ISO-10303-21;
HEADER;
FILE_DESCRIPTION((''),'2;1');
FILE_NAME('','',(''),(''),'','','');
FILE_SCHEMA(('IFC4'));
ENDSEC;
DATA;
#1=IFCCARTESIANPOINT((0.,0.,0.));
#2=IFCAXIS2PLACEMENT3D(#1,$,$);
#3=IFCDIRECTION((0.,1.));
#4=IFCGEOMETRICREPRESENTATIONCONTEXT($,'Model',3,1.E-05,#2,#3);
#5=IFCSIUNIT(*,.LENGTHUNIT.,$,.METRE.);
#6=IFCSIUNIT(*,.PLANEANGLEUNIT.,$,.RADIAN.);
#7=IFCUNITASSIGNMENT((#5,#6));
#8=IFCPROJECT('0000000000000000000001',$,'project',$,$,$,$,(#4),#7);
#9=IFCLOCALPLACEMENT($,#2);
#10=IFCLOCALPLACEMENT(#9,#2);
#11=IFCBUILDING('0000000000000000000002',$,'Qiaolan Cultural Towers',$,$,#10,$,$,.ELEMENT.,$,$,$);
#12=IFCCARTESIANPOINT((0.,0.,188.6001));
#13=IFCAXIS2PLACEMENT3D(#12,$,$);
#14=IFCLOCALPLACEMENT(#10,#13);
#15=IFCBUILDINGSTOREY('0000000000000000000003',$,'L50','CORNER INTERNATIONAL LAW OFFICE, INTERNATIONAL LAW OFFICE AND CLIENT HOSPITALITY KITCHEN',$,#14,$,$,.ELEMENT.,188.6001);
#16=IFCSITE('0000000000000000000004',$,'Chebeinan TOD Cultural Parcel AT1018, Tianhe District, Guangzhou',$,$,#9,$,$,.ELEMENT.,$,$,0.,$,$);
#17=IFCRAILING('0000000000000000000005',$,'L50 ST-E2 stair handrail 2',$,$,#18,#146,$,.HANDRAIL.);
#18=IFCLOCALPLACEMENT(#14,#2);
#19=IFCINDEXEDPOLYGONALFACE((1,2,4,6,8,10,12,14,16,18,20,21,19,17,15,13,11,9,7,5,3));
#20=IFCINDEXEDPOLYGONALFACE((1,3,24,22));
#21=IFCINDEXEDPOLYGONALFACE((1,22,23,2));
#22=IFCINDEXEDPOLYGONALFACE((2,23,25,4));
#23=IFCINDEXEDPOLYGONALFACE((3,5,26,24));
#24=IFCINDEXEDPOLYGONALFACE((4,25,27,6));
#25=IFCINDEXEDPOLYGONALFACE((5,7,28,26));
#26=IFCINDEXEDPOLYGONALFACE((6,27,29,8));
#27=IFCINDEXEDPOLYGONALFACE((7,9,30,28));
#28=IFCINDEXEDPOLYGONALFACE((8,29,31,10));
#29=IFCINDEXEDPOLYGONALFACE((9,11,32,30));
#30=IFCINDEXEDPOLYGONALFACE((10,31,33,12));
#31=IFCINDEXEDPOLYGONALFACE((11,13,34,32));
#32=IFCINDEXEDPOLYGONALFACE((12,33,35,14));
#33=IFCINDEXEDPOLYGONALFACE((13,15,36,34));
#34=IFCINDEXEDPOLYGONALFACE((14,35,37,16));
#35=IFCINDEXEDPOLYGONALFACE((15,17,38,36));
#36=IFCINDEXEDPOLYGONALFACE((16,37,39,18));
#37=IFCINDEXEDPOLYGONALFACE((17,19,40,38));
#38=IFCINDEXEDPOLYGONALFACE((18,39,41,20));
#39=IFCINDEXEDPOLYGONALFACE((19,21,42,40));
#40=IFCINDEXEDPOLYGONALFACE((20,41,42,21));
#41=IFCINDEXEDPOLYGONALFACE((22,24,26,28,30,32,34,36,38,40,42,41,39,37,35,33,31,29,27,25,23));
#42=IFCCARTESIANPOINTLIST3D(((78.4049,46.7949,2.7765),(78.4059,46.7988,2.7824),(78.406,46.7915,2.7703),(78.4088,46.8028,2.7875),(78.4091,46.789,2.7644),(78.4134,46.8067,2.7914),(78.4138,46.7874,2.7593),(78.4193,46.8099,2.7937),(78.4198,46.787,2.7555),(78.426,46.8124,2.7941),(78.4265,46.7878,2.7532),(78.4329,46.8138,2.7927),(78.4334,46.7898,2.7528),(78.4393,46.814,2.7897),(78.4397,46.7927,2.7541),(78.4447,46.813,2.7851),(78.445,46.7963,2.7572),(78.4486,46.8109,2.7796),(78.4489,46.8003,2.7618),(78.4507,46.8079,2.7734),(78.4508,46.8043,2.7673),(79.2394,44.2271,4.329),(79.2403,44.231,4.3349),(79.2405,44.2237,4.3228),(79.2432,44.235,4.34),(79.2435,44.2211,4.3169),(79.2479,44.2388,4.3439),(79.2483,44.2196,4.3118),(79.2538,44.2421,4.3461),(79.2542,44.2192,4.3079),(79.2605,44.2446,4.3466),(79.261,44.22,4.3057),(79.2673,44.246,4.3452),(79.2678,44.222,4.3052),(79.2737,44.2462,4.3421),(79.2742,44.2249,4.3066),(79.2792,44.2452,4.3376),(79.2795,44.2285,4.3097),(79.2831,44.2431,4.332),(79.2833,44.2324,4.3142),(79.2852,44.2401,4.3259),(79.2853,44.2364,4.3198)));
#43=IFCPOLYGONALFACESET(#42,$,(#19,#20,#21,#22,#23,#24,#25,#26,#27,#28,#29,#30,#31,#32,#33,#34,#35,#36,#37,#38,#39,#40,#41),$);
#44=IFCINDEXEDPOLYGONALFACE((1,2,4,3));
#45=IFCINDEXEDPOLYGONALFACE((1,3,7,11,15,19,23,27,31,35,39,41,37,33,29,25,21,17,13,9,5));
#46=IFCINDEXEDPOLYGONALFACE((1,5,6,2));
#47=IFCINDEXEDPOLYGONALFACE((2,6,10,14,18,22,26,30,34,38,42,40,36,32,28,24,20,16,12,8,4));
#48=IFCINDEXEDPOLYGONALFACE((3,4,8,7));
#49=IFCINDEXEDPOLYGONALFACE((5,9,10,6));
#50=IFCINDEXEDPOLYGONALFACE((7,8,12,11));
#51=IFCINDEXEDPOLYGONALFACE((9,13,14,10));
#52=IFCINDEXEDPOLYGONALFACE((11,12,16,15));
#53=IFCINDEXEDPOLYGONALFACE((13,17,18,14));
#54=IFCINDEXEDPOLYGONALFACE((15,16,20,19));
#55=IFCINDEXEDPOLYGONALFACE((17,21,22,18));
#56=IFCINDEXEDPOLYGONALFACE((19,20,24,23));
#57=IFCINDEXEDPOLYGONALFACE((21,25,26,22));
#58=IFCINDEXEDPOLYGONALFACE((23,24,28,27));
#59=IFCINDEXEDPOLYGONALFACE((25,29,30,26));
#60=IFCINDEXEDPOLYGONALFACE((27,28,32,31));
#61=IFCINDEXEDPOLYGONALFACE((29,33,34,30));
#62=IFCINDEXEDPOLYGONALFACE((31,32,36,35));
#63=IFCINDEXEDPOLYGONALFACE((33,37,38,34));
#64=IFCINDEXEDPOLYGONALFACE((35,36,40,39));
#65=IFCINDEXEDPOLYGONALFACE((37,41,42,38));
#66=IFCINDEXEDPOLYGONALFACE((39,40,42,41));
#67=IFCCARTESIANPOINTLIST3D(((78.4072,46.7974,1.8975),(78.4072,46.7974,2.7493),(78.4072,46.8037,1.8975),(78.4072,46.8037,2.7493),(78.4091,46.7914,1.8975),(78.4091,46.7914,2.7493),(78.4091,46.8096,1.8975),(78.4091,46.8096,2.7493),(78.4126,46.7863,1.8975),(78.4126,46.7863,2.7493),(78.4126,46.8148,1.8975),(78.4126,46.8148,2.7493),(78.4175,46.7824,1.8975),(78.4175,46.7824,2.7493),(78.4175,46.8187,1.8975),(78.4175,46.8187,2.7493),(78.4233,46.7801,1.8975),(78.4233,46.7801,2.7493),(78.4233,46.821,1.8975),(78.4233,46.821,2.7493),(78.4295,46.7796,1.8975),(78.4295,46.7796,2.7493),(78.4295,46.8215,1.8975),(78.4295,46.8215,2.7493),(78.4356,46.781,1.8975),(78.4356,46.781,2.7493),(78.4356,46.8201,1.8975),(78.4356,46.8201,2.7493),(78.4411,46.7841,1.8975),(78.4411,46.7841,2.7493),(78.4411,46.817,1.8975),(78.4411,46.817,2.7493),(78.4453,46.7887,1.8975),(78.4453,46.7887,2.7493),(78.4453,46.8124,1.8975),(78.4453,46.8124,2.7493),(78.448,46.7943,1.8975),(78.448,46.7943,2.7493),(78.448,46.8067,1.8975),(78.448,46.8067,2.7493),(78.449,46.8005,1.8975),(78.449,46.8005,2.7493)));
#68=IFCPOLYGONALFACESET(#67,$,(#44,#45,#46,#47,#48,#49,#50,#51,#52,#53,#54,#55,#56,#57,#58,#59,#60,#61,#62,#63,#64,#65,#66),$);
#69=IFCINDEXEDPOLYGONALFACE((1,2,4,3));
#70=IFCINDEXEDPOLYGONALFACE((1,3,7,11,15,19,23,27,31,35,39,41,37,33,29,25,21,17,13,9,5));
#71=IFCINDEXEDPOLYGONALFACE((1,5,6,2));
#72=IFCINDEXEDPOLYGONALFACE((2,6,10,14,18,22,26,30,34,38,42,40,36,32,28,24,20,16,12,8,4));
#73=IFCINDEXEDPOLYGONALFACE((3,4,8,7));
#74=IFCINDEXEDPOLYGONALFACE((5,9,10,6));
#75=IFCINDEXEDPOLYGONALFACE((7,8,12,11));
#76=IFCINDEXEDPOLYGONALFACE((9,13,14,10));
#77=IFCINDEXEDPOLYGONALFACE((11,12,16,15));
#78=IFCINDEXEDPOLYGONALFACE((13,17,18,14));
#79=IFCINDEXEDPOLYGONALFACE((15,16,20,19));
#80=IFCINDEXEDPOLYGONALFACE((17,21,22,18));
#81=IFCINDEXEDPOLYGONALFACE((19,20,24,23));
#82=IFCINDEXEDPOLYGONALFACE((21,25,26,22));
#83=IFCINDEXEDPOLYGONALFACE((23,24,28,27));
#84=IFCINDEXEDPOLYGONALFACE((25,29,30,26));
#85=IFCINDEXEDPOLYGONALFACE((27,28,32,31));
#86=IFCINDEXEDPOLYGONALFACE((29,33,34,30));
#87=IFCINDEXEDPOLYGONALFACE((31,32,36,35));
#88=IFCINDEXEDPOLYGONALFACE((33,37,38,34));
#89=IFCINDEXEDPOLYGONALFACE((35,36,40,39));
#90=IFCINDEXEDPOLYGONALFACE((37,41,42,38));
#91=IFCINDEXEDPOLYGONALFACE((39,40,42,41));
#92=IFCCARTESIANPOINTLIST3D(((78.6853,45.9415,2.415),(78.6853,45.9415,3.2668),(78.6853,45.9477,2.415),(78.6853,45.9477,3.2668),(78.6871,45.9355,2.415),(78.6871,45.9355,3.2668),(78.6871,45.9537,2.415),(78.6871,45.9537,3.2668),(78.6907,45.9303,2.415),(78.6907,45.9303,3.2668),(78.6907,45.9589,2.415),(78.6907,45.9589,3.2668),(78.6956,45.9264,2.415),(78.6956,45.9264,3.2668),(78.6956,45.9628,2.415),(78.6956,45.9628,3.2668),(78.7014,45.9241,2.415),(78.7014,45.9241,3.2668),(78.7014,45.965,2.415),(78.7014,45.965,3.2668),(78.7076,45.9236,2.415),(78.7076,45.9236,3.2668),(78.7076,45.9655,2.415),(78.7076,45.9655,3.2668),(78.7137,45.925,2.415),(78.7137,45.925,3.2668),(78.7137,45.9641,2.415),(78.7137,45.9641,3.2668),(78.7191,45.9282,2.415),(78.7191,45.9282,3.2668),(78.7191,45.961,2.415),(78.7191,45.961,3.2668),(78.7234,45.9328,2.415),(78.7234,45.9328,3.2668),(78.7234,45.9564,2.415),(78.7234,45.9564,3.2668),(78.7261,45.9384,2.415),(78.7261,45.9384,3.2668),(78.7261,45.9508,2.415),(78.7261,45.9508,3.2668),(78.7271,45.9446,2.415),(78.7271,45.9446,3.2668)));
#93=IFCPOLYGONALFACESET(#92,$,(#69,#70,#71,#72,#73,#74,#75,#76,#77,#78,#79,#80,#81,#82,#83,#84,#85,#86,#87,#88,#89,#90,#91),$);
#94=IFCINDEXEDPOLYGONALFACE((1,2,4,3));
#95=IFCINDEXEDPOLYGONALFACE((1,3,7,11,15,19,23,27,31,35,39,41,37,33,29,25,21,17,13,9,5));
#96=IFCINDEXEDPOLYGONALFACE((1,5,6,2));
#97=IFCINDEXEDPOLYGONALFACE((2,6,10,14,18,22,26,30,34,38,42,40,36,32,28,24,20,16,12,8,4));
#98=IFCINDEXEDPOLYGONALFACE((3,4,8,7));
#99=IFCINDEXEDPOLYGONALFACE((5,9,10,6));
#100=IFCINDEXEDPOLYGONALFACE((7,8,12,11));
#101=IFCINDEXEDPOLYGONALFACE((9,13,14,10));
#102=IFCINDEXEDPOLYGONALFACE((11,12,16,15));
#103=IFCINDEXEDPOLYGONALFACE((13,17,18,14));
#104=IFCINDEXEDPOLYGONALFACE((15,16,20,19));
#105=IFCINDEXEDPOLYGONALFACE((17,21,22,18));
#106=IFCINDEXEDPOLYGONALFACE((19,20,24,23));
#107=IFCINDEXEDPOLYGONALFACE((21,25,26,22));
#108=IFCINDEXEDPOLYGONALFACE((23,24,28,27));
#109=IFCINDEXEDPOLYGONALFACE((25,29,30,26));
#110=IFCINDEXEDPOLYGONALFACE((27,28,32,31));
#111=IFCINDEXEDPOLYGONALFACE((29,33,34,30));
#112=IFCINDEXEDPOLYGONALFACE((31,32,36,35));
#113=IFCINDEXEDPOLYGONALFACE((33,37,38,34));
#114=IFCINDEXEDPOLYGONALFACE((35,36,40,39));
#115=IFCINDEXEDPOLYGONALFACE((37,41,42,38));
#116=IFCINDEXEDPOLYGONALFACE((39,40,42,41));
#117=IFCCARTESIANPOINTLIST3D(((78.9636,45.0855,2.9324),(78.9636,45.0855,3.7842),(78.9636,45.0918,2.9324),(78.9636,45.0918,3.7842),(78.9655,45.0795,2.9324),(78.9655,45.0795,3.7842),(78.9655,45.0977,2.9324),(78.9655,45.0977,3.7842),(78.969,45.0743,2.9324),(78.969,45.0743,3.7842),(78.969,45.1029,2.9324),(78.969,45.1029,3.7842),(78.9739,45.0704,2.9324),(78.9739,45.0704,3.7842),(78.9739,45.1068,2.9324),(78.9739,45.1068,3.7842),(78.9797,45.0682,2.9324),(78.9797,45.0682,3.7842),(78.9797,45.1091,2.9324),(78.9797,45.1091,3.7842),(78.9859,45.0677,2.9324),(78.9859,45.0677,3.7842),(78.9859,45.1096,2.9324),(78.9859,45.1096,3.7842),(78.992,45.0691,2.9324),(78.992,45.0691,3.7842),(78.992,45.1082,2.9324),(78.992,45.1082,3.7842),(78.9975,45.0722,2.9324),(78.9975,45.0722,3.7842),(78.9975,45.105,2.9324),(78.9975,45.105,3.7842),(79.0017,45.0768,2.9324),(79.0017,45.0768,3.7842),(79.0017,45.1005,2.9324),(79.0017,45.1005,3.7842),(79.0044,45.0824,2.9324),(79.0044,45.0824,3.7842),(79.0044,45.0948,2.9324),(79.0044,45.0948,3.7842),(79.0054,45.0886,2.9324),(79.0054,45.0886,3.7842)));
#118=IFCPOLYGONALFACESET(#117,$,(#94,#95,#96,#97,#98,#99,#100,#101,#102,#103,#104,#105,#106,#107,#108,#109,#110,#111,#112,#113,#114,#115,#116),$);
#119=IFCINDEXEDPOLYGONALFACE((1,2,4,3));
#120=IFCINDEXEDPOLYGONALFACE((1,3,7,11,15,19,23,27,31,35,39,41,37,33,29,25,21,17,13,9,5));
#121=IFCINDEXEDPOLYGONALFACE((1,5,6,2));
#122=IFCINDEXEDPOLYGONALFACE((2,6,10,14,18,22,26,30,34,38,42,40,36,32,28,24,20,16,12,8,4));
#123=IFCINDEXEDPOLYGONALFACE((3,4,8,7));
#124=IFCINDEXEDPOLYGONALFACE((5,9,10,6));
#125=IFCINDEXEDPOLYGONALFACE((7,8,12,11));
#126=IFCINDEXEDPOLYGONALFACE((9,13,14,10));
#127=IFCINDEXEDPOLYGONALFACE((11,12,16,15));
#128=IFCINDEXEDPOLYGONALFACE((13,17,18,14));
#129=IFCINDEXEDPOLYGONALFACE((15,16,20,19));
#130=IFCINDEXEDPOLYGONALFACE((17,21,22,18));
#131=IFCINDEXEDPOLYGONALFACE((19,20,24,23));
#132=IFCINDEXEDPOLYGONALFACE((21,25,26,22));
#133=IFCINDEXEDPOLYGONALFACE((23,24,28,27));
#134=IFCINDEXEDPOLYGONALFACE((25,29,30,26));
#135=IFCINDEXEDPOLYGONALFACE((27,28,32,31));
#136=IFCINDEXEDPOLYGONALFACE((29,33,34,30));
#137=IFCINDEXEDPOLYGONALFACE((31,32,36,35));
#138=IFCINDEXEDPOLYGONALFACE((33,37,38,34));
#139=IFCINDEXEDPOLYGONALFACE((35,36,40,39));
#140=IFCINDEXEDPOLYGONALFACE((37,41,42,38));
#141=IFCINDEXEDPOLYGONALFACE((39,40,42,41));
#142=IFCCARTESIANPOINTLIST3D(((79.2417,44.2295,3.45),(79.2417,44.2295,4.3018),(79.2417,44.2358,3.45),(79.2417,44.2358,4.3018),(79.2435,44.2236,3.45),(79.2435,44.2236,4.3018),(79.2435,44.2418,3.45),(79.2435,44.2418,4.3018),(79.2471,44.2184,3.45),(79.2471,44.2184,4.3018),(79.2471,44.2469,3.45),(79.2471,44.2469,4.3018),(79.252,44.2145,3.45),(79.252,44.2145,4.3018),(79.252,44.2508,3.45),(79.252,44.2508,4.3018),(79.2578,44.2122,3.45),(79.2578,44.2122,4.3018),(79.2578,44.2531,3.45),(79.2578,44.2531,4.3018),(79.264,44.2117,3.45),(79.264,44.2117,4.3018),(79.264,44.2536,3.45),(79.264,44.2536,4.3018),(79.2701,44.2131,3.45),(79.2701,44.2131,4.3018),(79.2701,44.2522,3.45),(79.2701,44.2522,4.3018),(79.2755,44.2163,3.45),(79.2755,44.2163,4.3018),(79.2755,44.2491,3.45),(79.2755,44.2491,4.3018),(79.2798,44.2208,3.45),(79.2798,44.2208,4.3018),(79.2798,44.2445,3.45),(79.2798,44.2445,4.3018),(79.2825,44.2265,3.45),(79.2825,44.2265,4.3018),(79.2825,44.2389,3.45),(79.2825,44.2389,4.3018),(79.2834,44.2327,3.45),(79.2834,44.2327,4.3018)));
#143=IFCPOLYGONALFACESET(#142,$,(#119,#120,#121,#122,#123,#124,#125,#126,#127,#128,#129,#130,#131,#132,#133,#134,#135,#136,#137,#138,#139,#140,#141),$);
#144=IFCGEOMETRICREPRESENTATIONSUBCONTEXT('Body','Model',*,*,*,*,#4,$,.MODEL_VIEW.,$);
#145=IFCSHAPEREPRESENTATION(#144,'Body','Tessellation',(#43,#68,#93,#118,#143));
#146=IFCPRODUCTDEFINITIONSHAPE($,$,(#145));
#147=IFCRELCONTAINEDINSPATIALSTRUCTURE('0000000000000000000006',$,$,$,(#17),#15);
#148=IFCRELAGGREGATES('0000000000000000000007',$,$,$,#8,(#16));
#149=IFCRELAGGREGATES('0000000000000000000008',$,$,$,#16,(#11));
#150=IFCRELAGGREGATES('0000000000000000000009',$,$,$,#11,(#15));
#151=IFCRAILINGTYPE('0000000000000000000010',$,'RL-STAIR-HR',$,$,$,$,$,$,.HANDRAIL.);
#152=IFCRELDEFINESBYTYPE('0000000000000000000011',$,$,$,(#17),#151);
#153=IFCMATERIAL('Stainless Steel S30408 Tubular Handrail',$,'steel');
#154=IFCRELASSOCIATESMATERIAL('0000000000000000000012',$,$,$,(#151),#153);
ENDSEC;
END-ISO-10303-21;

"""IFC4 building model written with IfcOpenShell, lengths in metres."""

from ifc_helpers import new_model, si_unit, direction, frame, origin, origin_2d, place, context, subcontext, project, spatial, circle, extrude, material, type_object, element, save


model = new_model("IFC4")

# Units and contexts
model_context = context("Model", 3, precision=1e-05, world=origin(), true_north=direction((0.0, 1.0)))
body_context = subcontext(model_context, "Body", "Model", "MODEL_VIEW")
ifc_project = project(units=[si_unit("LENGTHUNIT", "METRE"), si_unit("PLANEANGLEUNIT", "RADIAN")], contexts=[model_context])

# Site, building, storey
site_placement = place(None, origin())
site = spatial("IfcSite", under=ifc_project, at=site_placement, Name="Chebeinan TOD Cultural Parcel AT1018, Tianhe District, Guangzhou", CompositionType="ELEMENT", RefElevation=0.0)
building_placement = place(site_placement, origin())
building = spatial("IfcBuilding", under=site, at=building_placement, Name="Qiaolan Cultural Towers", CompositionType="ELEMENT")
storey_placement = place(building_placement, frame((0.0, 0.0, 188.6001)))
storey = spatial("IfcBuildingStorey", under=building, at=storey_placement, Name="L50", Description="CORNER INTERNATIONAL LAW OFFICE, INTERNATIONAL LAW OFFICE AND CLIENT HOSPITALITY KITCHEN", CompositionType="ELEMENT", Elevation=188.6001)

# Railing
ifc_material_1 = material(Name="Stainless Steel S30408 Tubular Handrail", Category="steel")
railing_type_1 = type_object("IfcRailingType", Name="RL-STAIR-HR", PredefinedType="HANDRAIL", material=ifc_material_1)
railing_1_placement = place(storey_placement, frame((78.428, 46.8005, 1.8975)))
element("IfcRailing", 1, at=railing_1_placement, inside=storey, type_object=railing_type_1, Name="L50 ST-E2 stair handrail 2", PredefinedType="HANDRAIL", context=body_context, shape_type="SweptSolid", body=[
    extrude(circle(Radius=0.0239, at=origin_2d()), frame((0.0, 0.0, 0.876), z_axis=(0.267926, -0.824471, 0.498461), x_axis=(0.951043, 0.309057, 0.0)), (0.0, 0.0, 1.0), 3.1145),
    extrude(circle(Radius=0.021, at=origin_2d()), origin(), (0.0, 0.0, 1.0), 0.8518),
    extrude(circle(Radius=0.021, at=origin_2d()), frame((0.2781, -0.856, 0.5176)), (0.0, 0.0, 1.0), 0.8518),
    extrude(circle(Radius=0.021, at=origin_2d()), frame((0.5564, -1.7119, 1.0349)), (0.0, 0.0, 1.0), 0.8518),
    extrude(circle(Radius=0.021, at=origin_2d()), frame((0.8345, -2.5679, 1.5525)), (0.0, 0.0, 1.0), 0.8518),
])

save(model, "model.ifc")
